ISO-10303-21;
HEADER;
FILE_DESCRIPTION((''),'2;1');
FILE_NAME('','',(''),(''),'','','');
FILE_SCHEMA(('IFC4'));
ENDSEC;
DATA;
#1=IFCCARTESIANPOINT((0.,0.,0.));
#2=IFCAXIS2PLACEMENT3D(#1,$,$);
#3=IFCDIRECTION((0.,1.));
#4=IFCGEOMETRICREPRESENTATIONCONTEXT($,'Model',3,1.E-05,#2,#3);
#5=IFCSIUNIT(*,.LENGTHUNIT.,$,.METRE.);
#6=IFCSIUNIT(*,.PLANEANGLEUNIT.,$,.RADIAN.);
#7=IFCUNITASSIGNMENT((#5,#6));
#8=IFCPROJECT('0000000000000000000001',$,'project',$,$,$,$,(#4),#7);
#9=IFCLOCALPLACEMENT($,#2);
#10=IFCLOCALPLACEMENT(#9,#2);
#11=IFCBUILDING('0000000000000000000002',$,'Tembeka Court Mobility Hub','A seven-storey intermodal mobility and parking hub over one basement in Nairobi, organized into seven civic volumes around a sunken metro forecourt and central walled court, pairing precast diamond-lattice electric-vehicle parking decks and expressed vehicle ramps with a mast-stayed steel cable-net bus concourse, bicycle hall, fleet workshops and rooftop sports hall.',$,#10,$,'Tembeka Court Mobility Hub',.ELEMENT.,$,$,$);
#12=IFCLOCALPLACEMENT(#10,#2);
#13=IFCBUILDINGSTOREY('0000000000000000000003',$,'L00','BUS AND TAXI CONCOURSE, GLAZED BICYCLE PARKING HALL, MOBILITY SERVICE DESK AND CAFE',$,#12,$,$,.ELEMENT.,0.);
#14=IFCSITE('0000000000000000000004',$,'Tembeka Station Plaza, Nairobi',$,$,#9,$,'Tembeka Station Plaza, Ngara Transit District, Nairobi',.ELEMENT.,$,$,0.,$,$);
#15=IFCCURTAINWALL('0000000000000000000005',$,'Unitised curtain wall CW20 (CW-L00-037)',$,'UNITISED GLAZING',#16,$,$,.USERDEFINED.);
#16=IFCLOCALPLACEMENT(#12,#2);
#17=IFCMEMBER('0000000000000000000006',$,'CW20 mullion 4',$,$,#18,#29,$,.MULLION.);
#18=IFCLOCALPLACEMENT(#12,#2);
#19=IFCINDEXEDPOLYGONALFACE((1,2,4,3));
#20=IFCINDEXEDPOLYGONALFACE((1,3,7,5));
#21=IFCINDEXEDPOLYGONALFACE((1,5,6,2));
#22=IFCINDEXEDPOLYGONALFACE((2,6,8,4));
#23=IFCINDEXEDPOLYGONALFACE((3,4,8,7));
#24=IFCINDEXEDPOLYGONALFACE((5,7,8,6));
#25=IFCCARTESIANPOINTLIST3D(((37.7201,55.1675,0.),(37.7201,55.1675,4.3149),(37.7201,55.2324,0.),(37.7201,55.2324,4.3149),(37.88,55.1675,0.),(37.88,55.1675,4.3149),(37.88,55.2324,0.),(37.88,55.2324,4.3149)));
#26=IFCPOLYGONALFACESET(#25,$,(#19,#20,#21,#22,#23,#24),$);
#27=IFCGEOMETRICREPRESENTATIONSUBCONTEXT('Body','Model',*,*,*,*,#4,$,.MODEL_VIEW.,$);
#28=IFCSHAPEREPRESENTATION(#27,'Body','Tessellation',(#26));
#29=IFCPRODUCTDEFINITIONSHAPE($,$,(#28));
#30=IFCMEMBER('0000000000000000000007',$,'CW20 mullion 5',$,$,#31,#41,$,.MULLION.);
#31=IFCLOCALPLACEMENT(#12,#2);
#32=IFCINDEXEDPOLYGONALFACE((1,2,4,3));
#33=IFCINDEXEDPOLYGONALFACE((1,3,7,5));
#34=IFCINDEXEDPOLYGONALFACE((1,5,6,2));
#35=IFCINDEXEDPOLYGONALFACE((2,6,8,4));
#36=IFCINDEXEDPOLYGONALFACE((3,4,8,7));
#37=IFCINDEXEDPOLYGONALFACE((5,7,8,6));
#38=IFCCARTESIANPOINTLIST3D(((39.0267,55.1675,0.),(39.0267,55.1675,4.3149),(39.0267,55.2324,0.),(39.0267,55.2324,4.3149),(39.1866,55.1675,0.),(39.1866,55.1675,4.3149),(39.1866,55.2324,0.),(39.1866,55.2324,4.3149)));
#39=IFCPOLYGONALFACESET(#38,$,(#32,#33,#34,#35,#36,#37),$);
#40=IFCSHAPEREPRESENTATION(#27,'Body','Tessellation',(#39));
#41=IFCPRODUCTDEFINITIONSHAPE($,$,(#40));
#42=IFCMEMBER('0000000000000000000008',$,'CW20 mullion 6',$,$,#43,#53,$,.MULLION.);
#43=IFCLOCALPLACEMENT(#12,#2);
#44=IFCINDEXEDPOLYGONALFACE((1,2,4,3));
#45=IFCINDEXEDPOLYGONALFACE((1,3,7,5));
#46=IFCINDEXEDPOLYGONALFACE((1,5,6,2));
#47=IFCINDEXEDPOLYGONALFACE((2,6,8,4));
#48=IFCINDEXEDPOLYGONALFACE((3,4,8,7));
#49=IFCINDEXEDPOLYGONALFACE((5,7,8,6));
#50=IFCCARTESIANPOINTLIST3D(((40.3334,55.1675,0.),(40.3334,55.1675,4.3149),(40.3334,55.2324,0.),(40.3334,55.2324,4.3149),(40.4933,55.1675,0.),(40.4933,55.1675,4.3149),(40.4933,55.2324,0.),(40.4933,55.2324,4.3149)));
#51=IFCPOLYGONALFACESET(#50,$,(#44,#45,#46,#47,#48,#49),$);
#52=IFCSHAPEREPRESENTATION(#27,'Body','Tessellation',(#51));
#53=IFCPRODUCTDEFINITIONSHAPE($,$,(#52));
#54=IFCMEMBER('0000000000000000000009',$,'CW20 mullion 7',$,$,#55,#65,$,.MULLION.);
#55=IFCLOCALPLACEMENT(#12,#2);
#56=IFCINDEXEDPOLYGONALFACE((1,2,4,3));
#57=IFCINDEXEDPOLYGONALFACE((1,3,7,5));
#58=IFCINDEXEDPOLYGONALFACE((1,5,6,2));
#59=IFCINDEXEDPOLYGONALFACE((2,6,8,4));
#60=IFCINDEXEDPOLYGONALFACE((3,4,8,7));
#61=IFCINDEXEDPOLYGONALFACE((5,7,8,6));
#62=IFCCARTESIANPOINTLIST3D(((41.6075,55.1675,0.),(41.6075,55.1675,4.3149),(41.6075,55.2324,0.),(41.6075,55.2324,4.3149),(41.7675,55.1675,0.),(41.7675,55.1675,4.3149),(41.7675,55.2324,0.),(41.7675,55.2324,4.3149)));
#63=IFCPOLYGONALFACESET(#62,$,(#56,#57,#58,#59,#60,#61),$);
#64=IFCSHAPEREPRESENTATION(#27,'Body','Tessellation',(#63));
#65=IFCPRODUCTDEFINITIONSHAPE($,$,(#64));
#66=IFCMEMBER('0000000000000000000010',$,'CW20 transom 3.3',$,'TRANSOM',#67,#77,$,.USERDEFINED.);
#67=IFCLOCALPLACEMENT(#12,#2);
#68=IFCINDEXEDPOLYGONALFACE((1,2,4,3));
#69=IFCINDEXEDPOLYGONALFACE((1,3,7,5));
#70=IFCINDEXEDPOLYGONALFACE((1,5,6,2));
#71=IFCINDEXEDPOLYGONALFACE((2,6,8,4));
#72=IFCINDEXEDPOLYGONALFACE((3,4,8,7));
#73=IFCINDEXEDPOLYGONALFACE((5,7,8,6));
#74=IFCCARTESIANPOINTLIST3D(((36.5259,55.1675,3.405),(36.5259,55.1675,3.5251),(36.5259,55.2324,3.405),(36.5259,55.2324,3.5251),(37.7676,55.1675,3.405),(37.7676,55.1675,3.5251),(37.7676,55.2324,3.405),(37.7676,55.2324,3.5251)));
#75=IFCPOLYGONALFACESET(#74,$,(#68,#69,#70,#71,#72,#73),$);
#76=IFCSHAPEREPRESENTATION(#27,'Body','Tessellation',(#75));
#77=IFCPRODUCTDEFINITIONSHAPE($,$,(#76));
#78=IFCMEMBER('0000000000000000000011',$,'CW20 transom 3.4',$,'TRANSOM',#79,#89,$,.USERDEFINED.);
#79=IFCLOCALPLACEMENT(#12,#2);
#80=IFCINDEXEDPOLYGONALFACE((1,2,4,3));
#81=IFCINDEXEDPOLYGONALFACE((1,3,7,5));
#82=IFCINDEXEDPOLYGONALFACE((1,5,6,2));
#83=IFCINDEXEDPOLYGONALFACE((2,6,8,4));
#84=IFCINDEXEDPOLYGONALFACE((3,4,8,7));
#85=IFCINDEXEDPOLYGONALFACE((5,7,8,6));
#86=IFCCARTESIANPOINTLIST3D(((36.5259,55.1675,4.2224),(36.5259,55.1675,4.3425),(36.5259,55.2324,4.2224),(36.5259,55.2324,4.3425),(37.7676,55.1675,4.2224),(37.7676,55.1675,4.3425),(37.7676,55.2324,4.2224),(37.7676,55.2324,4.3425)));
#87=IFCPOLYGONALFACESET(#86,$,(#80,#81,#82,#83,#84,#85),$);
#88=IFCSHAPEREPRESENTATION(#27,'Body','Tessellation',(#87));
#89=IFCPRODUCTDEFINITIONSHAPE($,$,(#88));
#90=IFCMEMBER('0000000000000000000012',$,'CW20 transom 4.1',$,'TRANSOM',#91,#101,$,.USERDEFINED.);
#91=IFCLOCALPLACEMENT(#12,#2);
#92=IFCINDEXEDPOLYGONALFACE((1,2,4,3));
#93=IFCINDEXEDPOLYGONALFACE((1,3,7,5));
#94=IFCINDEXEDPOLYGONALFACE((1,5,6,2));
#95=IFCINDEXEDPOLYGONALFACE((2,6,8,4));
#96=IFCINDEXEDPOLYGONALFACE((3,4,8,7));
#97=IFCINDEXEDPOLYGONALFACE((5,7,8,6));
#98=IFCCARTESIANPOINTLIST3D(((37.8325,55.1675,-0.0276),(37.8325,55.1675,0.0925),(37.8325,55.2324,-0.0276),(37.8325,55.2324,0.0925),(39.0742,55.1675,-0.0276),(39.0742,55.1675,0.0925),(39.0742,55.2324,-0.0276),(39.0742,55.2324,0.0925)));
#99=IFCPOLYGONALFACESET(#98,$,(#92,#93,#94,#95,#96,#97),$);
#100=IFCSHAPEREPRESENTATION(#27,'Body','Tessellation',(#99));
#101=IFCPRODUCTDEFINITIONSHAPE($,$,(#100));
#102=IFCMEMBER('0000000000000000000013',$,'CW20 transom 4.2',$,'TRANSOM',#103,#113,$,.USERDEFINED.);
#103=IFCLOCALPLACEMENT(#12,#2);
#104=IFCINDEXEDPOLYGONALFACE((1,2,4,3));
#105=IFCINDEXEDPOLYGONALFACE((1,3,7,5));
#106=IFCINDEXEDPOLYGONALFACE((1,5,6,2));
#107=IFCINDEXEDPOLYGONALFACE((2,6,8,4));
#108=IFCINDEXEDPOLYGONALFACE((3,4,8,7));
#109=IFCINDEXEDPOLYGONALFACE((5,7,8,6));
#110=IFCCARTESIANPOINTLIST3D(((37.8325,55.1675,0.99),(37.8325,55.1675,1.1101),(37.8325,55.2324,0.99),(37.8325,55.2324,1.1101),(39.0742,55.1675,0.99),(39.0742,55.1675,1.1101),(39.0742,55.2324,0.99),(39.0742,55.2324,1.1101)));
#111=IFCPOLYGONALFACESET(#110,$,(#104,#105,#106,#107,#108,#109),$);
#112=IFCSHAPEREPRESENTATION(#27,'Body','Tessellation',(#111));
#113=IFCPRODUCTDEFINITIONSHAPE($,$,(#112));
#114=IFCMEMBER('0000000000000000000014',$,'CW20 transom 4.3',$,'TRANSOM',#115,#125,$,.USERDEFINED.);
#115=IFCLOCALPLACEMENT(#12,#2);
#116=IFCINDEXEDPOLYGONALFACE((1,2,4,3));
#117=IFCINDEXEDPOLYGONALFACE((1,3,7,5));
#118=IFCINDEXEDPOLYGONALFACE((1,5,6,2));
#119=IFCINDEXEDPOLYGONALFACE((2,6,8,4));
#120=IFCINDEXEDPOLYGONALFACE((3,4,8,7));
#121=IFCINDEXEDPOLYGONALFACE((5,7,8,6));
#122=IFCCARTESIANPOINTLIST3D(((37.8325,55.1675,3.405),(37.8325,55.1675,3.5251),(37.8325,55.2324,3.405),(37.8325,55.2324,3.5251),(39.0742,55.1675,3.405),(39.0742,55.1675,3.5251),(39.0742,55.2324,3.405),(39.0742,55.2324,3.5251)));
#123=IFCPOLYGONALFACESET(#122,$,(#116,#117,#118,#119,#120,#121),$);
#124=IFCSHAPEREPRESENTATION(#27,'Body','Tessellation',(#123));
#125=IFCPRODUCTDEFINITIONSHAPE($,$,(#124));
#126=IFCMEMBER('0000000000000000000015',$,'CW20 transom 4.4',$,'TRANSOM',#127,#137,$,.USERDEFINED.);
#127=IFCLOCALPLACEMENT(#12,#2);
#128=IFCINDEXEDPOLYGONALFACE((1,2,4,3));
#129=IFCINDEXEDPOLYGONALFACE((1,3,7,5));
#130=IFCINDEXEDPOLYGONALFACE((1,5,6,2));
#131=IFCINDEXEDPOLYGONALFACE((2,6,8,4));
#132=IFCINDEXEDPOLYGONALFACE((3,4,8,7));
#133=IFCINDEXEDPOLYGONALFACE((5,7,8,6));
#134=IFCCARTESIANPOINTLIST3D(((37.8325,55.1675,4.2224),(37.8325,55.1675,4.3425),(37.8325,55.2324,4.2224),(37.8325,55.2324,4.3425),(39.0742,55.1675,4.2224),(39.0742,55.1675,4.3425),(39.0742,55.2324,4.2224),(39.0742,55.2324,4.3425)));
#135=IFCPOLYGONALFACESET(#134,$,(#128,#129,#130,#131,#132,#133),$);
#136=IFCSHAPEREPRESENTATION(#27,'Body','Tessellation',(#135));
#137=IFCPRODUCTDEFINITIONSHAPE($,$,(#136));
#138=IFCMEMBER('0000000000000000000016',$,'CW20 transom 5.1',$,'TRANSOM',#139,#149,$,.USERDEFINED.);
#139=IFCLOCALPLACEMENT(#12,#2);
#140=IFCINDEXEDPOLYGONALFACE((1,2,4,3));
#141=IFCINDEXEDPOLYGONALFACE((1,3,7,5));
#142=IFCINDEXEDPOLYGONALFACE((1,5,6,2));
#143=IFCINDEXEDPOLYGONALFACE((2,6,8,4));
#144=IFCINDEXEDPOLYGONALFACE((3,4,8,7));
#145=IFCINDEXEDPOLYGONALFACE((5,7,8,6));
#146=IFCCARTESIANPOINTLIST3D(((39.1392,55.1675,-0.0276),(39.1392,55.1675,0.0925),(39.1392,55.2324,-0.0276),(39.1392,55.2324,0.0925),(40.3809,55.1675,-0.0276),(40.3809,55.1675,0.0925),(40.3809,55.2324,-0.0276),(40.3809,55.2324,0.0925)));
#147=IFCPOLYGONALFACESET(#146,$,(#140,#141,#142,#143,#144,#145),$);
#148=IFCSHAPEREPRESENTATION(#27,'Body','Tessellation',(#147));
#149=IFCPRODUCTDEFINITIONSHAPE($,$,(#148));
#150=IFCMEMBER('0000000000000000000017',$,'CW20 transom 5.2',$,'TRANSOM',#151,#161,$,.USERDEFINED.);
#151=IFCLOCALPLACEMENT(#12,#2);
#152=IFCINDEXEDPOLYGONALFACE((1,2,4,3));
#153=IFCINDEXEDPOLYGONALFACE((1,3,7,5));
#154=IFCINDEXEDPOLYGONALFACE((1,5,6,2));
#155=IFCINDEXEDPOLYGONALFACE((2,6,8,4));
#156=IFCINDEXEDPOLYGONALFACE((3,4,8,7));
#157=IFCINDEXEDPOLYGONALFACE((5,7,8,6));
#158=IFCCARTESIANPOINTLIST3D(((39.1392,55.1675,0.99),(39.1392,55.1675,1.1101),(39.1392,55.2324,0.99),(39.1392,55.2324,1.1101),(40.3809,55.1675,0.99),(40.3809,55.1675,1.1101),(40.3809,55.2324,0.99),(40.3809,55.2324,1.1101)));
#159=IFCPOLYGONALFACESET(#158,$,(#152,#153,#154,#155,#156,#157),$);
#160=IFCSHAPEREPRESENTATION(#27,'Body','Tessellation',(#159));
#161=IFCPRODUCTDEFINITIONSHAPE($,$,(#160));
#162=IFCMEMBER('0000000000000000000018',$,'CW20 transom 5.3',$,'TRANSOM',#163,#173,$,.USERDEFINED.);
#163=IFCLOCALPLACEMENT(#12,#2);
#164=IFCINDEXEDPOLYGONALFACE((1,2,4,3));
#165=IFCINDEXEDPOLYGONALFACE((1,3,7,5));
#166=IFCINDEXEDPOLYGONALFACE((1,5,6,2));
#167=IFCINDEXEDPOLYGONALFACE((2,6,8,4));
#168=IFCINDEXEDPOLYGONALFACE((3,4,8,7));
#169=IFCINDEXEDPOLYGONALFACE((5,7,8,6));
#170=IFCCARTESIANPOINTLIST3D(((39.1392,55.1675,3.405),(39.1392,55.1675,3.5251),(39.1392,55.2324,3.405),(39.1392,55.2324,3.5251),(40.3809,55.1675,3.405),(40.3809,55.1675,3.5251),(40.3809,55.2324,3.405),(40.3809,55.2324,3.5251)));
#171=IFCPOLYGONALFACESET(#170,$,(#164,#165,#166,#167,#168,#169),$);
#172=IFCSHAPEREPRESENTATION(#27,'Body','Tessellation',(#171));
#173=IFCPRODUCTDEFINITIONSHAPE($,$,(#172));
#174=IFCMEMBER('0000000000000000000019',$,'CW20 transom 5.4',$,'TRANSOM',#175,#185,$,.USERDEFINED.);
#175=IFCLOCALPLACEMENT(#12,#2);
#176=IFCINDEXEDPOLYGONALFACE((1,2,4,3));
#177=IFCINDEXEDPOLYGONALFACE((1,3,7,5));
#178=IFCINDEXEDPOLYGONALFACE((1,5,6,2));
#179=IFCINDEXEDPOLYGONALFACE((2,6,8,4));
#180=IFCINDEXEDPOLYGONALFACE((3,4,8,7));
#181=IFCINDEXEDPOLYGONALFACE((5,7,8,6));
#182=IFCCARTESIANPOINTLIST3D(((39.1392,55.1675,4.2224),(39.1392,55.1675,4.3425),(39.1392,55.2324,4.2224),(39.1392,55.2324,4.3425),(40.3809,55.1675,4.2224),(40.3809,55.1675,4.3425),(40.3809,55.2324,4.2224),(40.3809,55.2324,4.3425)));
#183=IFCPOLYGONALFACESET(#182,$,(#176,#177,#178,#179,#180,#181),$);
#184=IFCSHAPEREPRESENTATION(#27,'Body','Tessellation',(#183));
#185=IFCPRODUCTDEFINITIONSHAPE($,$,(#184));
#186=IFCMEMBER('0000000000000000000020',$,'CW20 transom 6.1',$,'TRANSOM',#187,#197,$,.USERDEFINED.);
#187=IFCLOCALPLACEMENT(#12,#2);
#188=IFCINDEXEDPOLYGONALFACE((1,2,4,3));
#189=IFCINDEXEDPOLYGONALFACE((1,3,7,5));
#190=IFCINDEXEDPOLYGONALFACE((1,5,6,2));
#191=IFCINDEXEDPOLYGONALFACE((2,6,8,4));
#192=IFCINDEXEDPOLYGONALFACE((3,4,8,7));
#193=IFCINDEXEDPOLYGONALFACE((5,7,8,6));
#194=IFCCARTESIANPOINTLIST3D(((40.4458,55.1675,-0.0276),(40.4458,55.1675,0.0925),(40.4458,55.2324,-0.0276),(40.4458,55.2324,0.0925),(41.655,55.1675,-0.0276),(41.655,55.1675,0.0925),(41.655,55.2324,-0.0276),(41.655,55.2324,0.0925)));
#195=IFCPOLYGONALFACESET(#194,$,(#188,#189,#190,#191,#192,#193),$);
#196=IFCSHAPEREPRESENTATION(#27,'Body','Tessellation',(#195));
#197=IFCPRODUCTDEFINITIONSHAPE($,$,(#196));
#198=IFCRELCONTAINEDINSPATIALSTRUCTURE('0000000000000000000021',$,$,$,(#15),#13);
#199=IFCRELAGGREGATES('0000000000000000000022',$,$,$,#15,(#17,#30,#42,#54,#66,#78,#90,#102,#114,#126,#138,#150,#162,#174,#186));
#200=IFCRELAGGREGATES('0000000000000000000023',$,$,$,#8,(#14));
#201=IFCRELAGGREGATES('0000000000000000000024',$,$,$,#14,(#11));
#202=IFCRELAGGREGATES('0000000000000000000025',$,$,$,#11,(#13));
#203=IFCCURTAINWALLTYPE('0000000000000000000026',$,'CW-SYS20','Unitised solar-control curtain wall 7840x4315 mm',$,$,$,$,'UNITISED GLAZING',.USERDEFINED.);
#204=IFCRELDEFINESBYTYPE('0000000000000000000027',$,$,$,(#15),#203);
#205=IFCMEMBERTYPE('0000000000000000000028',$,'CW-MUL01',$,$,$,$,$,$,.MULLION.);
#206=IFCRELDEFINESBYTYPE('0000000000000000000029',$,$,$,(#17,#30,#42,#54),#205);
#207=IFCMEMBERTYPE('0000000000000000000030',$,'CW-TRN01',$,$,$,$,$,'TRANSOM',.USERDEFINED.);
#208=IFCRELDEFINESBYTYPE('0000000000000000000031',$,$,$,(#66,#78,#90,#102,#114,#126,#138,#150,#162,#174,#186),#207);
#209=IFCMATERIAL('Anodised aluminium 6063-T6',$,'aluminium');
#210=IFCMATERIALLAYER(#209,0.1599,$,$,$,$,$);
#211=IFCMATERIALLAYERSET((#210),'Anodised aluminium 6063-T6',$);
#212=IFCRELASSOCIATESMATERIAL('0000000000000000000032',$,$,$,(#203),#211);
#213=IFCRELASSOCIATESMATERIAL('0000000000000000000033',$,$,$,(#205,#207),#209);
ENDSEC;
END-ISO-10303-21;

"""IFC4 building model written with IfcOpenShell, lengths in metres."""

from ifc_helpers import new_model, si_unit, direction, frame, origin, origin_2d, place, context, subcontext, project, spatial, rectangle, extrude, material, layer, layer_set, material_profile, profile_set, type_object, element, aggregate, save


model = new_model("IFC4")

# Units and contexts
model_context = context("Model", 3, precision=1e-05, world=origin(), true_north=direction((0.0, 1.0)))
body_context = subcontext(model_context, "Body", "Model", "MODEL_VIEW")
ifc_project = project(units=[si_unit("LENGTHUNIT", "METRE"), si_unit("PLANEANGLEUNIT", "RADIAN")], contexts=[model_context])

# Site, building, storey
site_placement = place(None, origin())
site = spatial("IfcSite", under=ifc_project, at=site_placement, Name="Tembeka Station Plaza, Nairobi", LongName="Tembeka Station Plaza, Ngara Transit District, Nairobi", CompositionType="ELEMENT", RefElevation=0.0)
building_placement = place(site_placement, origin())
building = spatial("IfcBuilding", under=site, at=building_placement, Name="Tembeka Court Mobility Hub", Description="A seven-storey intermodal mobility and parking hub over one basement in Nairobi, organized into seven civic volumes around a sunken metro forecourt and central walled court, pairing precast diamond-lattice electric-vehicle parking decks and expressed vehicle ramps with a mast-stayed steel cable-net bus concourse, bicycle hall, fleet workshops and rooftop sports hall.", LongName="Tembeka Court Mobility Hub", CompositionType="ELEMENT")
storey_placement = place(building_placement, origin())
storey = spatial("IfcBuildingStorey", under=building, at=storey_placement, Name="L00", Description="BUS AND TAXI CONCOURSE, GLAZED BICYCLE PARKING HALL, MOBILITY SERVICE DESK AND CAFE", CompositionType="ELEMENT", Elevation=0.0)

# Curtain wall, members
ifc_material_1 = material(Name="Anodised aluminium 6063-T6", Category="aluminium")
ifc_layer_1 = layer(ifc_material_1, 0.1599)
ifc_layer_set_1 = layer_set([ifc_layer_1], Name="Anodised aluminium 6063-T6")
curtain_wall_type = type_object("IfcCurtainWallType", Name="CW-SYS20", Description="Unitised solar-control curtain wall 7840x4315 mm", ElementType="UNITISED GLAZING", PredefinedType="USERDEFINED", material=ifc_layer_set_1)
curtain_wall_placement = place(storey_placement, origin())
curtain_wall = element("IfcCurtainWall", 1, at=curtain_wall_placement, inside=storey, type_object=curtain_wall_type, Name="Unitised curtain wall CW20 (CW-L00-037)", ObjectType="UNITISED GLAZING", PredefinedType="USERDEFINED")
ifc_material_profile_1 = material_profile(ifc_material_1, rectangle(XDim=0.0649, YDim=0.1599, at=origin_2d()), Name="ALU-MUL 65x160")
ifc_profile_set_1 = profile_set([ifc_material_profile_1], Name="Anodised aluminium 6063-T6")
member_type_1 = type_object("IfcMemberType", Name="CW-MUL01", PredefinedType="MULLION", material=ifc_profile_set_1)
member_1_placement = place(storey_placement, frame((37.8, 55.2, 0.0), z_axis=(0.0, 0.0, 1.0), x_axis=(0.0, 1.0, 0.0)))
member_1 = element("IfcMember", 2, at=member_1_placement, type_object=member_type_1, Name="CW20 mullion 4", PredefinedType="MULLION", context=body_context, shape_type="SweptSolid", body=[
    extrude(rectangle(XDim=0.0649, YDim=0.1599, at=origin_2d()), origin(), (0.0, 0.0, 1.0), 4.3149),
])
member_2_placement = place(storey_placement, frame((39.1067, 55.2, 0.0), z_axis=(0.0, 0.0, 1.0), x_axis=(0.0, 1.0, 0.0)))
member_2 = element("IfcMember", 3, at=member_2_placement, type_object=member_type_1, Name="CW20 mullion 5", PredefinedType="MULLION", context=body_context, shape_type="SweptSolid", body=[
    extrude(rectangle(XDim=0.0649, YDim=0.1599, at=origin_2d()), origin(), (0.0, 0.0, 1.0), 4.3149),
])
member_3_placement = place(storey_placement, frame((40.4133, 55.2, 0.0), z_axis=(0.0, 0.0, 1.0), x_axis=(0.0, 1.0, 0.0)))
member_3 = element("IfcMember", 4, at=member_3_placement, type_object=member_type_1, Name="CW20 mullion 6", PredefinedType="MULLION", context=body_context, shape_type="SweptSolid", body=[
    extrude(rectangle(XDim=0.0649, YDim=0.1599, at=origin_2d()), origin(), (0.0, 0.0, 1.0), 4.3149),
])
member_4_placement = place(storey_placement, frame((41.6875, 55.2, 0.0), z_axis=(0.0, 0.0, 1.0), x_axis=(0.0, 1.0, 0.0)))
member_4 = element("IfcMember", 5, at=member_4_placement, type_object=member_type_1, Name="CW20 mullion 7", PredefinedType="MULLION", context=body_context, shape_type="SweptSolid", body=[
    extrude(rectangle(XDim=0.0649, YDim=0.1599, at=origin_2d()), origin(), (0.0, 0.0, 1.0), 4.3149),
])
ifc_material_profile_2 = material_profile(ifc_material_1, rectangle(XDim=0.0649, YDim=0.1201, at=origin_2d()), Name="ALU-TRN 65x120")
ifc_profile_set_2 = profile_set([ifc_material_profile_2], Name="Anodised aluminium 6063-T6")
member_type_2 = type_object("IfcMemberType", Name="CW-TRN01", ElementType="TRANSOM", PredefinedType="USERDEFINED", material=ifc_profile_set_2)
member_5_placement = place(storey_placement, frame((36.5259, 55.2, 3.4651), z_axis=(1.0, 0.0, 0.0), x_axis=(0.0, 1.0, 0.0)))
member_5 = element("IfcMember", 6, at=member_5_placement, type_object=member_type_2, Name="CW20 transom 3.3", ObjectType="TRANSOM", PredefinedType="USERDEFINED", context=body_context, shape_type="SweptSolid", body=[
    extrude(rectangle(XDim=0.0649, YDim=0.1201, at=origin_2d()), origin(), (0.0, 0.0, 1.0), 1.2417),
])
member_6_placement = place(storey_placement, frame((36.5259, 55.2, 4.2825), z_axis=(1.0, 0.0, 0.0), x_axis=(0.0, 1.0, 0.0)))
member_6 = element("IfcMember", 7, at=member_6_placement, type_object=member_type_2, Name="CW20 transom 3.4", ObjectType="TRANSOM", PredefinedType="USERDEFINED", context=body_context, shape_type="SweptSolid", body=[
    extrude(rectangle(XDim=0.0649, YDim=0.1201, at=origin_2d()), origin(), (0.0, 0.0, 1.0), 1.2417),
])
member_7_placement = place(storey_placement, frame((37.8325, 55.2, 0.0325), z_axis=(1.0, 0.0, 0.0), x_axis=(0.0, 1.0, 0.0)))
member_7 = element("IfcMember", 8, at=member_7_placement, type_object=member_type_2, Name="CW20 transom 4.1", ObjectType="TRANSOM", PredefinedType="USERDEFINED", context=body_context, shape_type="SweptSolid", body=[
    extrude(rectangle(XDim=0.0649, YDim=0.1201, at=origin_2d()), origin(), (0.0, 0.0, 1.0), 1.2417),
])
member_8_placement = place(storey_placement, frame((37.8325, 55.2, 1.05), z_axis=(1.0, 0.0, 0.0), x_axis=(0.0, 1.0, 0.0)))
member_8 = element("IfcMember", 9, at=member_8_placement, type_object=member_type_2, Name="CW20 transom 4.2", ObjectType="TRANSOM", PredefinedType="USERDEFINED", context=body_context, shape_type="SweptSolid", body=[
    extrude(rectangle(XDim=0.0649, YDim=0.1201, at=origin_2d()), origin(), (0.0, 0.0, 1.0), 1.2417),
])
member_9_placement = place(storey_placement, frame((37.8325, 55.2, 3.4651), z_axis=(1.0, 0.0, 0.0), x_axis=(0.0, 1.0, 0.0)))
member_9 = element("IfcMember", 10, at=member_9_placement, type_object=member_type_2, Name="CW20 transom 4.3", ObjectType="TRANSOM", PredefinedType="USERDEFINED", context=body_context, shape_type="SweptSolid", body=[
    extrude(rectangle(XDim=0.0649, YDim=0.1201, at=origin_2d()), origin(), (0.0, 0.0, 1.0), 1.2417),
])
member_10_placement = place(storey_placement, frame((37.8325, 55.2, 4.2825), z_axis=(1.0, 0.0, 0.0), x_axis=(0.0, 1.0, 0.0)))
member_10 = element("IfcMember", 11, at=member_10_placement, type_object=member_type_2, Name="CW20 transom 4.4", ObjectType="TRANSOM", PredefinedType="USERDEFINED", context=body_context, shape_type="SweptSolid", body=[
    extrude(rectangle(XDim=0.0649, YDim=0.1201, at=origin_2d()), origin(), (0.0, 0.0, 1.0), 1.2417),
])
member_11_placement = place(storey_placement, frame((39.1392, 55.2, 0.0325), z_axis=(1.0, 0.0, 0.0), x_axis=(0.0, 1.0, 0.0)))
member_11 = element("IfcMember", 12, at=member_11_placement, type_object=member_type_2, Name="CW20 transom 5.1", ObjectType="TRANSOM", PredefinedType="USERDEFINED", context=body_context, shape_type="SweptSolid", body=[
    extrude(rectangle(XDim=0.0649, YDim=0.1201, at=origin_2d()), origin(), (0.0, 0.0, 1.0), 1.2417),
])
member_12_placement = place(storey_placement, frame((39.1392, 55.2, 1.05), z_axis=(1.0, 0.0, 0.0), x_axis=(0.0, 1.0, 0.0)))
member_12 = element("IfcMember", 13, at=member_12_placement, type_object=member_type_2, Name="CW20 transom 5.2", ObjectType="TRANSOM", PredefinedType="USERDEFINED", context=body_context, shape_type="SweptSolid", body=[
    extrude(rectangle(XDim=0.0649, YDim=0.1201, at=origin_2d()), origin(), (0.0, 0.0, 1.0), 1.2417),
])
member_13_placement = place(storey_placement, frame((39.1392, 55.2, 3.4651), z_axis=(1.0, 0.0, 0.0), x_axis=(0.0, 1.0, 0.0)))
member_13 = element("IfcMember", 14, at=member_13_placement, type_object=member_type_2, Name="CW20 transom 5.3", ObjectType="TRANSOM", PredefinedType="USERDEFINED", context=body_context, shape_type="SweptSolid", body=[
    extrude(rectangle(XDim=0.0649, YDim=0.1201, at=origin_2d()), origin(), (0.0, 0.0, 1.0), 1.2417),
])
member_14_placement = place(storey_placement, frame((39.1392, 55.2, 4.2825), z_axis=(1.0, 0.0, 0.0), x_axis=(0.0, 1.0, 0.0)))
member_14 = element("IfcMember", 15, at=member_14_placement, type_object=member_type_2, Name="CW20 transom 5.4", ObjectType="TRANSOM", PredefinedType="USERDEFINED", context=body_context, shape_type="SweptSolid", body=[
    extrude(rectangle(XDim=0.0649, YDim=0.1201, at=origin_2d()), origin(), (0.0, 0.0, 1.0), 1.2417),
])
member_15_placement = place(storey_placement, frame((40.4458, 55.2, 0.0325), z_axis=(1.0, 0.0, 0.0), x_axis=(0.0, 1.0, 0.0)))
member_15 = element("IfcMember", 16, at=member_15_placement, type_object=member_type_2, Name="CW20 transom 6.1", ObjectType="TRANSOM", PredefinedType="USERDEFINED", context=body_context, shape_type="SweptSolid", body=[
    extrude(rectangle(XDim=0.0649, YDim=0.1201, at=origin_2d()), origin(), (0.0, 0.0, 1.0), 1.2092),
])
aggregate(curtain_wall, [member_1, member_2, member_3, member_4, member_5, member_6, member_7, member_8, member_9, member_10, member_11, member_12, member_13, member_14, member_15])

save(model, "model.ifc")
